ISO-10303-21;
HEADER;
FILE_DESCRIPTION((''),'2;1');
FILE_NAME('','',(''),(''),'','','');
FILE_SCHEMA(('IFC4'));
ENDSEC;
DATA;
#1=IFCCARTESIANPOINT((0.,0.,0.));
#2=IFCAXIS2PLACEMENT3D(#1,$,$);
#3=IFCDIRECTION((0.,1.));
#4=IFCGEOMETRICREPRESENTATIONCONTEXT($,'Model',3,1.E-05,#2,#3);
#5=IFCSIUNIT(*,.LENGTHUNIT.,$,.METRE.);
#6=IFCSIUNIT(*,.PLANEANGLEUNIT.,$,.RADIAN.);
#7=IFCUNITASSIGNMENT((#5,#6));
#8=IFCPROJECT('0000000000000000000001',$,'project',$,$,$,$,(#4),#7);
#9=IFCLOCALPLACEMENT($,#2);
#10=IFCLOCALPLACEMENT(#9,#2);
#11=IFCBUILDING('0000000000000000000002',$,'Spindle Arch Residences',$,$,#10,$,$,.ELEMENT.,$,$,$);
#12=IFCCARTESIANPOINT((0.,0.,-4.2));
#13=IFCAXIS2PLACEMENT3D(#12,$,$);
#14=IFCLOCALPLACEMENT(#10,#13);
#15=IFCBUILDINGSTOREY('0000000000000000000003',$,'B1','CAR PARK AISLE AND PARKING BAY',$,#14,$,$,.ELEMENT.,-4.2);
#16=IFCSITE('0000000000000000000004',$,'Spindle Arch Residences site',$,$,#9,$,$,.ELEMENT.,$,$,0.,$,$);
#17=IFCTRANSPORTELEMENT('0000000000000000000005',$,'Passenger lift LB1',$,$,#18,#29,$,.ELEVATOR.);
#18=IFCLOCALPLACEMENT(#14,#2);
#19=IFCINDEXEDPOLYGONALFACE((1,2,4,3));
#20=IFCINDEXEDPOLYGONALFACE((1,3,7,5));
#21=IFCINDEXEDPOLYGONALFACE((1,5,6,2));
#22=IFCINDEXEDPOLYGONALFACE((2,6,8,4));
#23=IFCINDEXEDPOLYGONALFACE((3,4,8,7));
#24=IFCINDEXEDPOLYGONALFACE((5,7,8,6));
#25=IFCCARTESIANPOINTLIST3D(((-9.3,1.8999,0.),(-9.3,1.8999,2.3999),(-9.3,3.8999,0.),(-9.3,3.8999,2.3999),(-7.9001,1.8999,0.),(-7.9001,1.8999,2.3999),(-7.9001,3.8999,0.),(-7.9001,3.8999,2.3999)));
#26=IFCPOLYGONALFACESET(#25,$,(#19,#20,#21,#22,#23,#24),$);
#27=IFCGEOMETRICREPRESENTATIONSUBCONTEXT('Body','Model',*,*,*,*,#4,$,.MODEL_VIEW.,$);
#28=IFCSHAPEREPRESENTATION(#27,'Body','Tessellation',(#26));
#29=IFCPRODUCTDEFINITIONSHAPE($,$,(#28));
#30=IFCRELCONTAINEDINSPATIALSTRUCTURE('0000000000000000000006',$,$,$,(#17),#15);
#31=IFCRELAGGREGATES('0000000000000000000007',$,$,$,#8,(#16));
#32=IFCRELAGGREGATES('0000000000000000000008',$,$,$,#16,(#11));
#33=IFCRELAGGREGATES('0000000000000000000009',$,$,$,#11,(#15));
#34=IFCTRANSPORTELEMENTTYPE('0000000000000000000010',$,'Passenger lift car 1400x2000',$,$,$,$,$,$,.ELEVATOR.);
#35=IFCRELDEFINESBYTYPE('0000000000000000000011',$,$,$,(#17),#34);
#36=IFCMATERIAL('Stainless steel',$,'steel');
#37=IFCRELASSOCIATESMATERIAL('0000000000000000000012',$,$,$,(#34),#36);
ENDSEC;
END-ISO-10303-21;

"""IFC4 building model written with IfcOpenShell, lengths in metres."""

from ifc_helpers import new_model, si_unit, direction, frame, origin, origin_2d, place, context, subcontext, project, spatial, rectangle, extrude, material, type_object, element, save


model = new_model("IFC4")

# Units and contexts
model_context = context("Model", 3, precision=1e-05, world=origin(), true_north=direction((0.0, 1.0)))
body_context = subcontext(model_context, "Body", "Model", "MODEL_VIEW")
ifc_project = project(units=[si_unit("LENGTHUNIT", "METRE"), si_unit("PLANEANGLEUNIT", "RADIAN")], contexts=[model_context])

# Site, building, storey
site_placement = place(None, origin())
site = spatial("IfcSite", under=ifc_project, at=site_placement, Name="Spindle Arch Residences site", CompositionType="ELEMENT", RefElevation=0.0)
building_placement = place(site_placement, origin())
building = spatial("IfcBuilding", under=site, at=building_placement, Name="Spindle Arch Residences", CompositionType="ELEMENT")
storey_placement = place(building_placement, frame((0.0, 0.0, -4.2)))
storey = spatial("IfcBuildingStorey", under=building, at=storey_placement, Name="B1", Description="CAR PARK AISLE AND PARKING BAY", CompositionType="ELEMENT", Elevation=-4.2)

# Transport element
ifc_material_1 = material(Name="Stainless steel", Category="steel")
transport_element_type_1 = type_object("IfcTransportElementType", Name="Passenger lift car 1400x2000", PredefinedType="ELEVATOR", material=ifc_material_1)
transport_element_placement = place(storey_placement, frame((-8.6001, 2.8999, 0.0), z_axis=(0.0, 0.0, 1.0), x_axis=(1.0, 0.0, 0.0)))
element("IfcTransportElement", 1, at=transport_element_placement, inside=storey, type_object=transport_element_type_1, Name="Passenger lift LB1", PredefinedType="ELEVATOR", context=body_context, shape_type="SweptSolid", body=[
    extrude(rectangle(XDim=1.3999, YDim=2.0, at=origin_2d()), origin(), (0.0, 0.0, 1.0), 2.3999),
])

save(model, "model.ifc")
